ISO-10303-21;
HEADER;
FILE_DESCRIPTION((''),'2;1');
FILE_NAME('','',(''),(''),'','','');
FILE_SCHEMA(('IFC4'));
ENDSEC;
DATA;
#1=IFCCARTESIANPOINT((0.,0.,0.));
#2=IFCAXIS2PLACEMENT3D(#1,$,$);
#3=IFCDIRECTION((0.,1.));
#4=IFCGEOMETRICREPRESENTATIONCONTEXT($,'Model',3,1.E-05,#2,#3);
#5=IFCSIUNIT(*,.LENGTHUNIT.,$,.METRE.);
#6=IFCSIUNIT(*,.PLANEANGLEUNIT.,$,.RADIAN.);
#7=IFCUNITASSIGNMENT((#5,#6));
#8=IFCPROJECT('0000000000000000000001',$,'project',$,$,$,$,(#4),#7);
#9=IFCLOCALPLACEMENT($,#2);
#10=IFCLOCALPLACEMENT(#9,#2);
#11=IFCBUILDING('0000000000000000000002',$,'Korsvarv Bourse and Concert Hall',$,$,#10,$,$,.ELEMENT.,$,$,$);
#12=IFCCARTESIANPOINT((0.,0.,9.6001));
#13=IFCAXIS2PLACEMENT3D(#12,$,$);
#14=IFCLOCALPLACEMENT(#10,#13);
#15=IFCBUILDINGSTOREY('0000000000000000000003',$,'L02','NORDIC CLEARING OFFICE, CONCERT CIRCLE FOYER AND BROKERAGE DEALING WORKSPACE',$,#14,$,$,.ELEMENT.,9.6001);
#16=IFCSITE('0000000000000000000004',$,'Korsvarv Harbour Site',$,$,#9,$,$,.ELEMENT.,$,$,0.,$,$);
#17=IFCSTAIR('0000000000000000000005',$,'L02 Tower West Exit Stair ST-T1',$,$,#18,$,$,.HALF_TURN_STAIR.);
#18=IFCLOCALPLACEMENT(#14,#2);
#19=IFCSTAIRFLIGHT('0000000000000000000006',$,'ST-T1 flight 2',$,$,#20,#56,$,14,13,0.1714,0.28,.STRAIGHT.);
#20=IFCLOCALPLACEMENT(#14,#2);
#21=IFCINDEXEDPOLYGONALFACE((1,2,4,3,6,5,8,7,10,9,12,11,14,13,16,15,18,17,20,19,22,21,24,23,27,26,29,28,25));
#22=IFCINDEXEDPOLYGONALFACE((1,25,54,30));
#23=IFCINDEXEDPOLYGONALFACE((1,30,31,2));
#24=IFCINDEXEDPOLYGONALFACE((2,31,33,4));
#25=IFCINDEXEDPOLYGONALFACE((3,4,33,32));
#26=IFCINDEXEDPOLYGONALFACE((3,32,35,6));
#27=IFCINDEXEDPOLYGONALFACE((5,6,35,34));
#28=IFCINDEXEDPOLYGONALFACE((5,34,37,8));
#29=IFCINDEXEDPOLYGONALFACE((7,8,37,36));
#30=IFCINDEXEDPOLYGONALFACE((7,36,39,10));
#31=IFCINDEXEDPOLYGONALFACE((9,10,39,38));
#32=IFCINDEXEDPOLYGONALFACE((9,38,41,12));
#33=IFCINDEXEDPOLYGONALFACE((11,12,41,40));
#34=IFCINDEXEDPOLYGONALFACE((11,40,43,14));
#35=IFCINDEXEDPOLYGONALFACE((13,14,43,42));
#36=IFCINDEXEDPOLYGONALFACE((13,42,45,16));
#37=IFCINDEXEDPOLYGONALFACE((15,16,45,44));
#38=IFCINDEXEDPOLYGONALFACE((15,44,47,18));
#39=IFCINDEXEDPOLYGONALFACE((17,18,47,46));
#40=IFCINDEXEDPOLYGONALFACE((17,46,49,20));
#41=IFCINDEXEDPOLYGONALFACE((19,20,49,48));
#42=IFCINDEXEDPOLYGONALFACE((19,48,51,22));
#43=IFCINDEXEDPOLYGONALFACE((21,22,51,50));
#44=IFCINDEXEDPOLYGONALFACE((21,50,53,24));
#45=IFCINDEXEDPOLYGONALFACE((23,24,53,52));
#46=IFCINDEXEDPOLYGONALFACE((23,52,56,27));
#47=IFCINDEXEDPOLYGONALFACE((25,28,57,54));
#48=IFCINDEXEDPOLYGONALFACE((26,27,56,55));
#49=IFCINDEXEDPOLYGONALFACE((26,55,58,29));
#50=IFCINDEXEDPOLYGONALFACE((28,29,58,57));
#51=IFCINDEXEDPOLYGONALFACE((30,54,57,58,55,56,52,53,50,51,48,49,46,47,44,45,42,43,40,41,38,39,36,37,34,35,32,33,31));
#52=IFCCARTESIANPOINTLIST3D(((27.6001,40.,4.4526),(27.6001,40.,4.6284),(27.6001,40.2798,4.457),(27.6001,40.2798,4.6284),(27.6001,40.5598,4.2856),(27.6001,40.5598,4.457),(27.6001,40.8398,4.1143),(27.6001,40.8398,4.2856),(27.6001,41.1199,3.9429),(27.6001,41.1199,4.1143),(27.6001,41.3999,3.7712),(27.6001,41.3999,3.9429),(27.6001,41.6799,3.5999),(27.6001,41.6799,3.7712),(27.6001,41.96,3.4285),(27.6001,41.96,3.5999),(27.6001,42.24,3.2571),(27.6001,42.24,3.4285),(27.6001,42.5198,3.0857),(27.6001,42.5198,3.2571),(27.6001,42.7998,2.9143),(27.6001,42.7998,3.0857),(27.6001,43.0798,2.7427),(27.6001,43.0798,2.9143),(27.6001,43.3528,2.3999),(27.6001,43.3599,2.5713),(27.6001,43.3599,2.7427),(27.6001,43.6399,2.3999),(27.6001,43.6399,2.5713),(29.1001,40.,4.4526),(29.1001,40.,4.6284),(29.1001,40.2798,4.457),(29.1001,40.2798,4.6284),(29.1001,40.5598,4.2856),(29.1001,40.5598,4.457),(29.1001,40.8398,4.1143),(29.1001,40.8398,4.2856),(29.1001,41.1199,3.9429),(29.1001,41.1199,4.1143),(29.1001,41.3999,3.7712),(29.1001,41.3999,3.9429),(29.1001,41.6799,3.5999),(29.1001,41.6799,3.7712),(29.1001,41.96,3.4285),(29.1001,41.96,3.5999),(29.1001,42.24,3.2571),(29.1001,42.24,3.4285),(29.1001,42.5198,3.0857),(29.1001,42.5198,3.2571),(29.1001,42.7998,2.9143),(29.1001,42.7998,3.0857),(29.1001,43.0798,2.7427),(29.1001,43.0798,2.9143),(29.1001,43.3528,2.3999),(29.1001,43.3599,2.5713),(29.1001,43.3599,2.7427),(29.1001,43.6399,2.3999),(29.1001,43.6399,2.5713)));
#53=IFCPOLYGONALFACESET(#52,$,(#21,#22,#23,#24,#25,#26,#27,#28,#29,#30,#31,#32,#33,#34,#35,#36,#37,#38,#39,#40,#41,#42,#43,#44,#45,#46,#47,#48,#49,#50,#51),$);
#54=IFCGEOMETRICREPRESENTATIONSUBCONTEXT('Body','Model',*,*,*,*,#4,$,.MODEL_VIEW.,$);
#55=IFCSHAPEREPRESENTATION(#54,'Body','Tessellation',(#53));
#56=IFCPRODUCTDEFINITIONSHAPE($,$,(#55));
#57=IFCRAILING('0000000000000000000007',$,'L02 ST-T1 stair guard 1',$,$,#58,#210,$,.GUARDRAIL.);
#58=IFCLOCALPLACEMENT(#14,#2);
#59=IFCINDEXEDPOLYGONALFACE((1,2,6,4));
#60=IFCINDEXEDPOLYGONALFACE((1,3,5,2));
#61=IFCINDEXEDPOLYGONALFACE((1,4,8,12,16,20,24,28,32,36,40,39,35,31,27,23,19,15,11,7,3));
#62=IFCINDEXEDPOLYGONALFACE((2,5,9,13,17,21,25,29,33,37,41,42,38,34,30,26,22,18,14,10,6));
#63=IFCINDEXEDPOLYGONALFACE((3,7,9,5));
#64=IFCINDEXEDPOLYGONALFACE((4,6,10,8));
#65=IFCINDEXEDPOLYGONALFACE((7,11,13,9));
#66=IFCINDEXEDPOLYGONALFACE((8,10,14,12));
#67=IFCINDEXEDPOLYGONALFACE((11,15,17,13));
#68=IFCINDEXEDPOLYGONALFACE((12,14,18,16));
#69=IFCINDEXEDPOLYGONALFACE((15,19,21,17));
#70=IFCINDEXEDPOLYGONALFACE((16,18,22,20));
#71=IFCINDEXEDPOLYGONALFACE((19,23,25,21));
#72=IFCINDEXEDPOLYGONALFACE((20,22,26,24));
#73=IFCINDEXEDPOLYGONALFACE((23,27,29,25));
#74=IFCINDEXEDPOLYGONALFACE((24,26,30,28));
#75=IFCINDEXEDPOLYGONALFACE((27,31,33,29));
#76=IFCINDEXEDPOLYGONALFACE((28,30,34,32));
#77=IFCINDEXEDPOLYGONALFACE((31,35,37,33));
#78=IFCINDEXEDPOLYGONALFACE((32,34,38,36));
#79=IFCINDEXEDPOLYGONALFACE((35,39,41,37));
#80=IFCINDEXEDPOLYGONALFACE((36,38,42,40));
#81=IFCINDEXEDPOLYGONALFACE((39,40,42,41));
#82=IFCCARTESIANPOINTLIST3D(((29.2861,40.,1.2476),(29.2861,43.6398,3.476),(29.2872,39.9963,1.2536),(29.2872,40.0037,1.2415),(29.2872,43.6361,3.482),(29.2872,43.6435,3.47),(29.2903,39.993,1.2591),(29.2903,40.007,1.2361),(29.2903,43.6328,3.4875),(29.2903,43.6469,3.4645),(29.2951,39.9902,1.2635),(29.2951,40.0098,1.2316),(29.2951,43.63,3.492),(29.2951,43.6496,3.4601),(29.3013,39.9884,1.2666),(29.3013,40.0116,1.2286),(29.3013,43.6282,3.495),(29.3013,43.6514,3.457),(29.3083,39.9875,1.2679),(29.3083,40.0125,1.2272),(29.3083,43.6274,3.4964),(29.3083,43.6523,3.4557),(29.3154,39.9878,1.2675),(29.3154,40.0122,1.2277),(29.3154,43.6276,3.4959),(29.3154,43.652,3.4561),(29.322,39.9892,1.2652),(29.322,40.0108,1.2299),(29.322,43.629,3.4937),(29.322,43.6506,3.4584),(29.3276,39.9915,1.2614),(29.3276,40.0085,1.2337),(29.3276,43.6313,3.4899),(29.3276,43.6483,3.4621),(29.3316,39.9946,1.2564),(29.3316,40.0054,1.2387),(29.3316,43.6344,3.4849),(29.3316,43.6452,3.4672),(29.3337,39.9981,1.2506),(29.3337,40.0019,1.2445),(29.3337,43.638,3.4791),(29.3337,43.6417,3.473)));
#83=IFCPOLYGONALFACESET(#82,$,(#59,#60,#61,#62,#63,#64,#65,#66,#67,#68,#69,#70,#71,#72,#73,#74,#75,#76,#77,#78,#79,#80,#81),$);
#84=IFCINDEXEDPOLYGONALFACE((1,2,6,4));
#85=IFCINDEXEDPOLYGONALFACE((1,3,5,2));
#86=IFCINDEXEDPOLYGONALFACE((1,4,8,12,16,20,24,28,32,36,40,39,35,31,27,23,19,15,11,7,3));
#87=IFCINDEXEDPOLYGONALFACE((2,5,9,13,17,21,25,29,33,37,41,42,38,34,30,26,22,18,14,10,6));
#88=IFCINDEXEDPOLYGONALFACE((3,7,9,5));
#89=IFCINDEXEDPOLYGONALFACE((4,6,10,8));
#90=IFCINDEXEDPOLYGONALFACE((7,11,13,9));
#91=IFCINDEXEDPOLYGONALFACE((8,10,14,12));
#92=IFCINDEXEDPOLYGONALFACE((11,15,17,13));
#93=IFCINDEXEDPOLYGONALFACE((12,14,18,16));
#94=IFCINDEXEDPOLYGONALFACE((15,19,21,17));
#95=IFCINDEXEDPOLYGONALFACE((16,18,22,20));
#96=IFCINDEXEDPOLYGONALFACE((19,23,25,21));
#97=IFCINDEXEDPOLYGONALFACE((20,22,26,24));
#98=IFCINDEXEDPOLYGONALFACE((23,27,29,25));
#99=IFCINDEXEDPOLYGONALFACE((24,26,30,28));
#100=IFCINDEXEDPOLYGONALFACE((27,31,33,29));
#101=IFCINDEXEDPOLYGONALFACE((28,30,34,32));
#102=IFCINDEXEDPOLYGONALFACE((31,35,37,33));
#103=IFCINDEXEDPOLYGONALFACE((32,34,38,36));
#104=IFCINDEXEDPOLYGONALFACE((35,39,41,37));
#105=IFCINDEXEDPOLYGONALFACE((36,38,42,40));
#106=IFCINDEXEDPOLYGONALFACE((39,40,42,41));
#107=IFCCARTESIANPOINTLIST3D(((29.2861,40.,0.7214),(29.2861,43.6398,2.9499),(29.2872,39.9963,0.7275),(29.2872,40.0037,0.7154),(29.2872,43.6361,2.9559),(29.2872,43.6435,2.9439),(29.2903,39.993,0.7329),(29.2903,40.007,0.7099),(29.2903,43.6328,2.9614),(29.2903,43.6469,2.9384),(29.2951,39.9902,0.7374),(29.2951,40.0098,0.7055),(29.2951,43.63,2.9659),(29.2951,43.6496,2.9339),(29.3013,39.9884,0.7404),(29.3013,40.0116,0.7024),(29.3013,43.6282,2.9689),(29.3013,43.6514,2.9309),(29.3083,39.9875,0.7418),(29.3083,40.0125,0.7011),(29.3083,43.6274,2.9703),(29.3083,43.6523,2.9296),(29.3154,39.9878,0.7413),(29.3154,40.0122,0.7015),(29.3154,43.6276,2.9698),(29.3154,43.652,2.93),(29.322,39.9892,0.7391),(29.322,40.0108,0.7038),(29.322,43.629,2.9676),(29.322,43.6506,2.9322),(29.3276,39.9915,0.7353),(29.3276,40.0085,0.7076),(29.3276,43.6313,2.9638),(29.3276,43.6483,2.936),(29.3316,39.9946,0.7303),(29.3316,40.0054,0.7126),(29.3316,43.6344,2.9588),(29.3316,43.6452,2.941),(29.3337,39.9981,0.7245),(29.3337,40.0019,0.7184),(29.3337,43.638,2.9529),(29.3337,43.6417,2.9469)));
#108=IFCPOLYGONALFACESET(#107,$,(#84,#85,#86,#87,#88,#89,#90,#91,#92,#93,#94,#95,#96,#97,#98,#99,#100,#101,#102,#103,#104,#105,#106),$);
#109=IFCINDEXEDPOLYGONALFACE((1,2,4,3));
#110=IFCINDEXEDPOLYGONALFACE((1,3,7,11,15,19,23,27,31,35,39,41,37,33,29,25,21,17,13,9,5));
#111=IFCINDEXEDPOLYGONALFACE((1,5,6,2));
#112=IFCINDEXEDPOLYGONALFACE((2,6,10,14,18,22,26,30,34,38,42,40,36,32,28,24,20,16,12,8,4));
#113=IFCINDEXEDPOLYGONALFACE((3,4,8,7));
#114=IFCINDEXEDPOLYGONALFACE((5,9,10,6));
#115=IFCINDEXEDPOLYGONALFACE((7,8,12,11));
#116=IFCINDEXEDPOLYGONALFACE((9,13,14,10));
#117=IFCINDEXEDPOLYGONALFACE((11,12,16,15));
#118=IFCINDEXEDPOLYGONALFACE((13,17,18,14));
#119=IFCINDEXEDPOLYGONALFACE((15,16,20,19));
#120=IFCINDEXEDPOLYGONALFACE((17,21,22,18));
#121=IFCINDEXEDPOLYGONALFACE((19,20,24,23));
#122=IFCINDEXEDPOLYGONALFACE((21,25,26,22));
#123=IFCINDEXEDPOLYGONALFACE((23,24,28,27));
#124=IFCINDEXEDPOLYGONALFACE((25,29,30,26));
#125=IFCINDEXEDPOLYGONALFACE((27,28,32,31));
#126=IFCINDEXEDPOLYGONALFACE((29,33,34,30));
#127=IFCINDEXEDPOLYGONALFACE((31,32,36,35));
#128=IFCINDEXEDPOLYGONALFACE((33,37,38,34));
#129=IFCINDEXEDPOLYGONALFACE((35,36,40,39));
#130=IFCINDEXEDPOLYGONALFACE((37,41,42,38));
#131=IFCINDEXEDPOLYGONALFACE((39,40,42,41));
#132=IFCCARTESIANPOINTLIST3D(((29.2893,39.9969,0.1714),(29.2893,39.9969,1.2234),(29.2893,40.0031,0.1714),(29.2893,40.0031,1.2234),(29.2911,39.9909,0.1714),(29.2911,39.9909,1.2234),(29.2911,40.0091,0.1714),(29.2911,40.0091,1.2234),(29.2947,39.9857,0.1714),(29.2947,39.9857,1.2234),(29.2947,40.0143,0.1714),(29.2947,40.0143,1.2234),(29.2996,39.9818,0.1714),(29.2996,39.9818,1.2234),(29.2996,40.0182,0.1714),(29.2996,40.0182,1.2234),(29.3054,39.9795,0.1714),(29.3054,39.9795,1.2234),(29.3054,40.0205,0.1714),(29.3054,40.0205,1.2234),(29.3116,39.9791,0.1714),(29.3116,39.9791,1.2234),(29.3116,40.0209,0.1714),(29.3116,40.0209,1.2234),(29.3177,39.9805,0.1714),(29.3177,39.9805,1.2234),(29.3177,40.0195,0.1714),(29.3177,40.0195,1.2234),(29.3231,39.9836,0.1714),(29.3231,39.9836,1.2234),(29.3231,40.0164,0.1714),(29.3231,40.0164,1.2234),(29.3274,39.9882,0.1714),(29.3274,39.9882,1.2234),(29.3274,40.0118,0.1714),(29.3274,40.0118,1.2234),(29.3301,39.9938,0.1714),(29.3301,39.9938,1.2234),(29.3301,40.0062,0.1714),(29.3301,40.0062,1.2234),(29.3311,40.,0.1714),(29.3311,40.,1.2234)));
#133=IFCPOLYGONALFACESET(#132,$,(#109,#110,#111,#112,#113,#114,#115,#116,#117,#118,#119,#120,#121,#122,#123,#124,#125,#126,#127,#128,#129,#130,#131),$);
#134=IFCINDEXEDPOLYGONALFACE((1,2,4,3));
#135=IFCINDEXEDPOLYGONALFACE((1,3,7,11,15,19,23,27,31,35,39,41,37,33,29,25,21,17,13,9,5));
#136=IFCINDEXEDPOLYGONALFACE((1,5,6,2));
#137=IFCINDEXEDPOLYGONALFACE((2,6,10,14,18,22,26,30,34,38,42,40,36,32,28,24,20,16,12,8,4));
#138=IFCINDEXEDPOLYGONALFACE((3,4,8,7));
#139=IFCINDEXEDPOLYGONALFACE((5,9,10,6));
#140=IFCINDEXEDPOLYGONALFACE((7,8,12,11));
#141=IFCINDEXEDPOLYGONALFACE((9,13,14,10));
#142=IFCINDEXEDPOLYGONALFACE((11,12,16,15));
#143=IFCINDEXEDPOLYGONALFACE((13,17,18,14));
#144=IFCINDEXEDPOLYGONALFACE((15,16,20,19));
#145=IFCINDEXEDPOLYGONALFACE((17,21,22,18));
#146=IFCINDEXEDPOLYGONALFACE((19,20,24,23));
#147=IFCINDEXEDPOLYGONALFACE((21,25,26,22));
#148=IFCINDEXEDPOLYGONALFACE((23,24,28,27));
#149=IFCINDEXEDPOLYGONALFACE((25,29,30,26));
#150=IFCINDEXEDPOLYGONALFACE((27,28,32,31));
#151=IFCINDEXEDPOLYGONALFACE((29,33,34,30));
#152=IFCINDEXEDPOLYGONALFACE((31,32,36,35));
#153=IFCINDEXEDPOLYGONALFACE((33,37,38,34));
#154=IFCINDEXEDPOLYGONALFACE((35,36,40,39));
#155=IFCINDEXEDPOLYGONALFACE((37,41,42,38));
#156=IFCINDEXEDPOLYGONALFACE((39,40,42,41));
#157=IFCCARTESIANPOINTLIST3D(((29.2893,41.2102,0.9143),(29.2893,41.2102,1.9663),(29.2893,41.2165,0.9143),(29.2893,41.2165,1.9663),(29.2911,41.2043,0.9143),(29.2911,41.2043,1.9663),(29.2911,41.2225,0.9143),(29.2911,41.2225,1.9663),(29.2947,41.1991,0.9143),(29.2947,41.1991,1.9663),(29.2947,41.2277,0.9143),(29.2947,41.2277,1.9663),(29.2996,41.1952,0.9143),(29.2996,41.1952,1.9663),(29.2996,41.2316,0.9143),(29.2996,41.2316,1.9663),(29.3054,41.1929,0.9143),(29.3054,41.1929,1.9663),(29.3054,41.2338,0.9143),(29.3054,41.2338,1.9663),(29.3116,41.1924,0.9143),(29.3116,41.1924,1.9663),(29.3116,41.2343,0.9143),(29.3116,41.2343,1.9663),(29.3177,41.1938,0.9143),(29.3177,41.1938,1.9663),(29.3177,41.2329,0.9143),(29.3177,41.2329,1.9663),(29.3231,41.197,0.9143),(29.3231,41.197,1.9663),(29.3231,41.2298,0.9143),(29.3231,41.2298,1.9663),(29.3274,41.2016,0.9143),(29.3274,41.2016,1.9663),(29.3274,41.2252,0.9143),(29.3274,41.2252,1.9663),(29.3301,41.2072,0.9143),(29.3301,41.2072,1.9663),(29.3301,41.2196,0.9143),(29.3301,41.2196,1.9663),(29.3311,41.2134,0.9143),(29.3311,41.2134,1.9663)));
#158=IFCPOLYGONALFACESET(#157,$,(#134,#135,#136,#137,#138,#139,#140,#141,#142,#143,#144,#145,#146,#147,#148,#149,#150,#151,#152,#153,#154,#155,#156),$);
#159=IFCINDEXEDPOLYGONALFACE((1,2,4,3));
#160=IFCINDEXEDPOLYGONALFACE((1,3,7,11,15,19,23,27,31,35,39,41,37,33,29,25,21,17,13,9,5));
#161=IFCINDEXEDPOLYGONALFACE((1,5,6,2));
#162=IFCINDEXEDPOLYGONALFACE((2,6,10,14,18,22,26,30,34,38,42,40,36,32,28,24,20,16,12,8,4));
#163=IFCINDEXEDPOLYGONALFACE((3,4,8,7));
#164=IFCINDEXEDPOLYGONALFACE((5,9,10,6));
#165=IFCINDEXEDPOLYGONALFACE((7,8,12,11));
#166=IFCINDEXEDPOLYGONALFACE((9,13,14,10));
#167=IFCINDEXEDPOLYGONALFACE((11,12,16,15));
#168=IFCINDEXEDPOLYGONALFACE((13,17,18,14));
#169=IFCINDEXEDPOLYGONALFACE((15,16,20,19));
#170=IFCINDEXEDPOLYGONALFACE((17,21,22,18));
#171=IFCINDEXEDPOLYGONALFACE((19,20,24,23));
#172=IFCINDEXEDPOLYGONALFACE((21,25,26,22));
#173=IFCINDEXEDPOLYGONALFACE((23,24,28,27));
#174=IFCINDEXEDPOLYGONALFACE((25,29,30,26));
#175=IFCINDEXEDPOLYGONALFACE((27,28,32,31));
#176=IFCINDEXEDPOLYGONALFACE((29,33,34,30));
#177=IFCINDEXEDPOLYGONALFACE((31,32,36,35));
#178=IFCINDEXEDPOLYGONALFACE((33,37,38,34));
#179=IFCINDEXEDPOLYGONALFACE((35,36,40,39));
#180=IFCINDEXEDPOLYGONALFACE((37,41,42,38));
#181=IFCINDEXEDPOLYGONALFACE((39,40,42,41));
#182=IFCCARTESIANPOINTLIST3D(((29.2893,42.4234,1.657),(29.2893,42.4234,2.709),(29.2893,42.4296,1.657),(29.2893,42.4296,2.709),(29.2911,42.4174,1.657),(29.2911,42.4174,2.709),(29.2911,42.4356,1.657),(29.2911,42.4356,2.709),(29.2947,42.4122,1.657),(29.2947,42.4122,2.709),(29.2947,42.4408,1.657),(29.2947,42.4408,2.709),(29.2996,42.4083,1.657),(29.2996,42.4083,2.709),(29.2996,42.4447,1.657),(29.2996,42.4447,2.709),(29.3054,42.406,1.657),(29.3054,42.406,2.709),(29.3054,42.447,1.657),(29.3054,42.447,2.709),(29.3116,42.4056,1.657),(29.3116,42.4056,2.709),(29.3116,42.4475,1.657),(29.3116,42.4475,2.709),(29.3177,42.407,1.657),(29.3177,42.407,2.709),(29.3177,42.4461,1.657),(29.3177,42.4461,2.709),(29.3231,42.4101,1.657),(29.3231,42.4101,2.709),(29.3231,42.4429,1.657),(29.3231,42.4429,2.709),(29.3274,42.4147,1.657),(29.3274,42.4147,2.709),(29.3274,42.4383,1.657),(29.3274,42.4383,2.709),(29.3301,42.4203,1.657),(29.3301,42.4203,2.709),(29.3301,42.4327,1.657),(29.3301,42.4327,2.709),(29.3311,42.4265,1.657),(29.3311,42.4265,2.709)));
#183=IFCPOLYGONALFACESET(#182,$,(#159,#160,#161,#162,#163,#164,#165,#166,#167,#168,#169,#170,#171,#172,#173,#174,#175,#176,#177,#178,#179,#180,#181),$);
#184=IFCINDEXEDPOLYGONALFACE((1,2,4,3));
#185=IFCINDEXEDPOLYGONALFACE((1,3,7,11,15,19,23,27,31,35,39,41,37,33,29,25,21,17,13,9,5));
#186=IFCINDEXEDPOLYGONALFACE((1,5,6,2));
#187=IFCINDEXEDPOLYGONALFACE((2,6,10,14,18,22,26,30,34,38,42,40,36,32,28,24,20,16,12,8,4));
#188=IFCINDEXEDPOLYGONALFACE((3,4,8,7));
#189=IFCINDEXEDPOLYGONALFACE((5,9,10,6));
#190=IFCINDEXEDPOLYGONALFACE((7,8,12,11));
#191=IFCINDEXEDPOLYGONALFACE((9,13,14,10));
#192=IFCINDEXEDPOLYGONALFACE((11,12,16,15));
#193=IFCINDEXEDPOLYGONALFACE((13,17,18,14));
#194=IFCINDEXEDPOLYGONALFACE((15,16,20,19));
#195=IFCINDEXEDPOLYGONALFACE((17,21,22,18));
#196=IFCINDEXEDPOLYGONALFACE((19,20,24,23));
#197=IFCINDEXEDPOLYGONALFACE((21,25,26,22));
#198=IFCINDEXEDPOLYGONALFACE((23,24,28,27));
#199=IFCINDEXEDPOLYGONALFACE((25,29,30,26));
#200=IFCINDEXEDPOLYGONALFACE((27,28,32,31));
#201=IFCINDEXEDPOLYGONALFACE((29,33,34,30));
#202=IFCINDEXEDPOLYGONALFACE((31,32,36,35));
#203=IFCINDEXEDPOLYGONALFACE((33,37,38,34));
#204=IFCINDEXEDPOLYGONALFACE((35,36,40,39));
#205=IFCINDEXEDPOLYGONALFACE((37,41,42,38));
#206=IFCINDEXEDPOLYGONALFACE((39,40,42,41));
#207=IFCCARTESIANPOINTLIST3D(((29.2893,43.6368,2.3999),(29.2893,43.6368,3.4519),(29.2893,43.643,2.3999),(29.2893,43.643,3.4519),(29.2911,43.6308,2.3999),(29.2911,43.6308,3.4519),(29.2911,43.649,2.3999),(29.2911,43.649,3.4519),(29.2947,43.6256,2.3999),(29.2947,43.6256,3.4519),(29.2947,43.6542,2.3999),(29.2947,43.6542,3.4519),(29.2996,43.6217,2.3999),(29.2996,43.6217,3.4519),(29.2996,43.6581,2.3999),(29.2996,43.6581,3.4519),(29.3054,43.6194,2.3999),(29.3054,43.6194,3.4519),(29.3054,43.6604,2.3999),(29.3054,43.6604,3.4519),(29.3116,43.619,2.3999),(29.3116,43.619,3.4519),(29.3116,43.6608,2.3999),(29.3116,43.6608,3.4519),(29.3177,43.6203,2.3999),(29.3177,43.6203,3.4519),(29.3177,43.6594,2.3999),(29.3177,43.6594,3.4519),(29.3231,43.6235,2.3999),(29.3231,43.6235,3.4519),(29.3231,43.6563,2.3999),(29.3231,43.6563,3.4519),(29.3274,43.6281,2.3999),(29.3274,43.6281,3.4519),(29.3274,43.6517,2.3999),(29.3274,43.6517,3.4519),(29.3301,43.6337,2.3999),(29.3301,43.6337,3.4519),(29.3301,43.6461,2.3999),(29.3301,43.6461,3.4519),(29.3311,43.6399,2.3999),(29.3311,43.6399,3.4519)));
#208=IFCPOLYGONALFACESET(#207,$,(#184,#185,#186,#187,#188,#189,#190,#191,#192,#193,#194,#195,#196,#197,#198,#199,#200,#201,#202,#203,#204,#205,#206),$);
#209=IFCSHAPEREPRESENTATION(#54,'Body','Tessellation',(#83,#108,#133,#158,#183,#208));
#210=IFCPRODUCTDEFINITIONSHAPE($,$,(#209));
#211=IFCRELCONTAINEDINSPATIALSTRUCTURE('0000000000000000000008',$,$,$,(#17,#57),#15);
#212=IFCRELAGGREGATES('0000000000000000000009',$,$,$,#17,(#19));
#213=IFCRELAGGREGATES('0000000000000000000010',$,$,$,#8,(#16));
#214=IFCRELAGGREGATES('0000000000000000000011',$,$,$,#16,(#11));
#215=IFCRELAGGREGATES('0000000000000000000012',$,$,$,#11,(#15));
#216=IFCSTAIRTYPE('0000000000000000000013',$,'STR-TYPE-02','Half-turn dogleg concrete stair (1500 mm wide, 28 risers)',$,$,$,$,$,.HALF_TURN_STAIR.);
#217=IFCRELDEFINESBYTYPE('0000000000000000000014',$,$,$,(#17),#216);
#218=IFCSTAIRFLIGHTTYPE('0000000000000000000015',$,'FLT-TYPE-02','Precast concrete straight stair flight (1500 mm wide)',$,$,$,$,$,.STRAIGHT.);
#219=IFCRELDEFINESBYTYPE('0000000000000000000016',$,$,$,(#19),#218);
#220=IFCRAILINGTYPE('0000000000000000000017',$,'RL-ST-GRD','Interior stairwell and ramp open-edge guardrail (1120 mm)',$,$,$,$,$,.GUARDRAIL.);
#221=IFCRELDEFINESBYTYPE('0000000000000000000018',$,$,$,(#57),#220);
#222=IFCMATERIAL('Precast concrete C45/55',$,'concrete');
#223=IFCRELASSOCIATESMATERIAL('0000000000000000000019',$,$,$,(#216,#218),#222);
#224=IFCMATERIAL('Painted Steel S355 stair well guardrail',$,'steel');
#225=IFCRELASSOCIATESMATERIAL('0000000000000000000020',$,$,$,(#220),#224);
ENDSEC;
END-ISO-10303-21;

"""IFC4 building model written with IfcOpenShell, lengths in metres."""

from ifc_helpers import new_model, si_unit, direction, frame, origin, origin_2d, place, context, subcontext, project, spatial, polyline, circle, outline, extrude, material, type_object, element, aggregate, save


model = new_model("IFC4")

# Units and contexts
model_context = context("Model", 3, precision=1e-05, world=origin(), true_north=direction((0.0, 1.0)))
body_context = subcontext(model_context, "Body", "Model", "MODEL_VIEW")
ifc_project = project(units=[si_unit("LENGTHUNIT", "METRE"), si_unit("PLANEANGLEUNIT", "RADIAN")], contexts=[model_context])

# Site, building, storey
site_placement = place(None, origin())
site = spatial("IfcSite", under=ifc_project, at=site_placement, Name="Korsvarv Harbour Site", CompositionType="ELEMENT", RefElevation=0.0)
building_placement = place(site_placement, origin())
building = spatial("IfcBuilding", under=site, at=building_placement, Name="Korsvarv Bourse and Concert Hall", CompositionType="ELEMENT")
storey_placement = place(building_placement, frame((0.0, 0.0, 9.6001)))
storey = spatial("IfcBuildingStorey", under=building, at=storey_placement, Name="L02", Description="NORDIC CLEARING OFFICE, CONCERT CIRCLE FOYER AND BROKERAGE DEALING WORKSPACE", CompositionType="ELEMENT", Elevation=9.6001)

# Stair, stair flight
ifc_material_1 = material(Name="Precast concrete C45/55", Category="concrete")
stair_type = type_object("IfcStairType", Name="STR-TYPE-02", Description="Half-turn dogleg concrete stair (1500 mm wide, 28 risers)", PredefinedType="HALF_TURN_STAIR", material=ifc_material_1)
stair_placement = place(storey_placement, origin())
stair = element("IfcStair", 1, at=stair_placement, inside=storey, type_object=stair_type, Name="L02 Tower West Exit Stair ST-T1", PredefinedType="HALF_TURN_STAIR")
stair_flight_type = type_object("IfcStairFlightType", Name="FLT-TYPE-02", Description="Precast concrete straight stair flight (1500 mm wide)", PredefinedType="STRAIGHT", material=ifc_material_1)
stair_flight_1_placement = place(storey_placement, frame((28.3501, 43.6399, 2.3999), z_axis=(0.0, 0.0, 1.0), x_axis=(0.0, -1.0, 0.0)))
stair_flight_1 = element("IfcStairFlight", 2, at=stair_flight_1_placement, type_object=stair_flight_type, Name="ST-T1 flight 2", NumberOfRisers=14, NumberOfTreads=13, PredefinedType="STRAIGHT", RiserHeight=0.1714, TreadLength=0.28, context=body_context, shape_type="SweptSolid", body=[
    extrude(outline(polyline([(0.0, 0.0), (0.0, 0.1714), (0.28, 0.1714), (0.28, 0.3428), (0.5601, 0.3428), (0.5601, 0.5144), (0.8401, 0.5144), (0.8401, 0.6858), (1.1201, 0.6858), (1.1201, 0.8572), (1.3999, 0.8572), (1.3999, 1.0286), (1.6799, 1.0286), (1.6799, 1.2), (1.96, 1.2), (1.96, 1.3713), (2.24, 1.3713), (2.24, 1.543), (2.52, 1.543), (2.52, 1.7144), (2.8, 1.7144), (2.8, 1.8857), (3.0801, 1.8857), (3.0801, 2.0571), (3.3601, 2.0571), (3.3601, 2.2285), (3.6399, 2.2285), (3.6399, 2.3999), (3.6399, 2.0527), (0.2871, 0.0), (0.0, 0.0)])), frame((0.0, 0.75, 0.0), z_axis=(0.0, -1.0, 0.0), x_axis=(1.0, 0.0, 0.0)), (0.0, 0.0, 1.0), 1.5),
])
aggregate(stair, [stair_flight_1])

# Railing
ifc_material_2 = material(Name="Painted Steel S355 stair well guardrail", Category="steel")
railing_type_1 = type_object("IfcRailingType", Name="RL-ST-GRD", Description="Interior stairwell and ramp open-edge guardrail (1120 mm)", PredefinedType="GUARDRAIL", material=ifc_material_2)
railing_1_placement = place(storey_placement, frame((29.3101, 40.0, 0.1714)))
element("IfcRailing", 3, at=railing_1_placement, inside=storey, type_object=railing_type_1, Name="L02 ST-T1 stair guard 1", PredefinedType="GUARDRAIL", context=body_context, shape_type="SweptSolid", body=[
    extrude(circle(Radius=0.0239, at=origin_2d()), frame((0.0, 0.0, 1.0762), z_axis=(0.0, 0.85285, 0.522156), x_axis=(-1.0, 0.0, 0.0)), (0.0, 0.0, 1.0), 4.2678),
    extrude(circle(Radius=0.0239, at=origin_2d()), frame((0.0, 0.0, 0.55), z_axis=(0.0, 0.85285, 0.522156), x_axis=(-1.0, 0.0, 0.0)), (0.0, 0.0, 1.0), 4.2678),
    extrude(circle(Radius=0.021, at=origin_2d()), origin(), (0.0, 0.0, 1.0), 1.052),
    extrude(circle(Radius=0.021, at=origin_2d()), frame((0.0, 1.2134, 0.7429)), (0.0, 0.0, 1.0), 1.052),
    extrude(circle(Radius=0.021, at=origin_2d()), frame((0.0, 2.4265, 1.4856)), (0.0, 0.0, 1.0), 1.052),
    extrude(circle(Radius=0.021, at=origin_2d()), frame((0.0, 3.6399, 2.2285)), (0.0, 0.0, 1.0), 1.052),
])

save(model, "model.ifc")
